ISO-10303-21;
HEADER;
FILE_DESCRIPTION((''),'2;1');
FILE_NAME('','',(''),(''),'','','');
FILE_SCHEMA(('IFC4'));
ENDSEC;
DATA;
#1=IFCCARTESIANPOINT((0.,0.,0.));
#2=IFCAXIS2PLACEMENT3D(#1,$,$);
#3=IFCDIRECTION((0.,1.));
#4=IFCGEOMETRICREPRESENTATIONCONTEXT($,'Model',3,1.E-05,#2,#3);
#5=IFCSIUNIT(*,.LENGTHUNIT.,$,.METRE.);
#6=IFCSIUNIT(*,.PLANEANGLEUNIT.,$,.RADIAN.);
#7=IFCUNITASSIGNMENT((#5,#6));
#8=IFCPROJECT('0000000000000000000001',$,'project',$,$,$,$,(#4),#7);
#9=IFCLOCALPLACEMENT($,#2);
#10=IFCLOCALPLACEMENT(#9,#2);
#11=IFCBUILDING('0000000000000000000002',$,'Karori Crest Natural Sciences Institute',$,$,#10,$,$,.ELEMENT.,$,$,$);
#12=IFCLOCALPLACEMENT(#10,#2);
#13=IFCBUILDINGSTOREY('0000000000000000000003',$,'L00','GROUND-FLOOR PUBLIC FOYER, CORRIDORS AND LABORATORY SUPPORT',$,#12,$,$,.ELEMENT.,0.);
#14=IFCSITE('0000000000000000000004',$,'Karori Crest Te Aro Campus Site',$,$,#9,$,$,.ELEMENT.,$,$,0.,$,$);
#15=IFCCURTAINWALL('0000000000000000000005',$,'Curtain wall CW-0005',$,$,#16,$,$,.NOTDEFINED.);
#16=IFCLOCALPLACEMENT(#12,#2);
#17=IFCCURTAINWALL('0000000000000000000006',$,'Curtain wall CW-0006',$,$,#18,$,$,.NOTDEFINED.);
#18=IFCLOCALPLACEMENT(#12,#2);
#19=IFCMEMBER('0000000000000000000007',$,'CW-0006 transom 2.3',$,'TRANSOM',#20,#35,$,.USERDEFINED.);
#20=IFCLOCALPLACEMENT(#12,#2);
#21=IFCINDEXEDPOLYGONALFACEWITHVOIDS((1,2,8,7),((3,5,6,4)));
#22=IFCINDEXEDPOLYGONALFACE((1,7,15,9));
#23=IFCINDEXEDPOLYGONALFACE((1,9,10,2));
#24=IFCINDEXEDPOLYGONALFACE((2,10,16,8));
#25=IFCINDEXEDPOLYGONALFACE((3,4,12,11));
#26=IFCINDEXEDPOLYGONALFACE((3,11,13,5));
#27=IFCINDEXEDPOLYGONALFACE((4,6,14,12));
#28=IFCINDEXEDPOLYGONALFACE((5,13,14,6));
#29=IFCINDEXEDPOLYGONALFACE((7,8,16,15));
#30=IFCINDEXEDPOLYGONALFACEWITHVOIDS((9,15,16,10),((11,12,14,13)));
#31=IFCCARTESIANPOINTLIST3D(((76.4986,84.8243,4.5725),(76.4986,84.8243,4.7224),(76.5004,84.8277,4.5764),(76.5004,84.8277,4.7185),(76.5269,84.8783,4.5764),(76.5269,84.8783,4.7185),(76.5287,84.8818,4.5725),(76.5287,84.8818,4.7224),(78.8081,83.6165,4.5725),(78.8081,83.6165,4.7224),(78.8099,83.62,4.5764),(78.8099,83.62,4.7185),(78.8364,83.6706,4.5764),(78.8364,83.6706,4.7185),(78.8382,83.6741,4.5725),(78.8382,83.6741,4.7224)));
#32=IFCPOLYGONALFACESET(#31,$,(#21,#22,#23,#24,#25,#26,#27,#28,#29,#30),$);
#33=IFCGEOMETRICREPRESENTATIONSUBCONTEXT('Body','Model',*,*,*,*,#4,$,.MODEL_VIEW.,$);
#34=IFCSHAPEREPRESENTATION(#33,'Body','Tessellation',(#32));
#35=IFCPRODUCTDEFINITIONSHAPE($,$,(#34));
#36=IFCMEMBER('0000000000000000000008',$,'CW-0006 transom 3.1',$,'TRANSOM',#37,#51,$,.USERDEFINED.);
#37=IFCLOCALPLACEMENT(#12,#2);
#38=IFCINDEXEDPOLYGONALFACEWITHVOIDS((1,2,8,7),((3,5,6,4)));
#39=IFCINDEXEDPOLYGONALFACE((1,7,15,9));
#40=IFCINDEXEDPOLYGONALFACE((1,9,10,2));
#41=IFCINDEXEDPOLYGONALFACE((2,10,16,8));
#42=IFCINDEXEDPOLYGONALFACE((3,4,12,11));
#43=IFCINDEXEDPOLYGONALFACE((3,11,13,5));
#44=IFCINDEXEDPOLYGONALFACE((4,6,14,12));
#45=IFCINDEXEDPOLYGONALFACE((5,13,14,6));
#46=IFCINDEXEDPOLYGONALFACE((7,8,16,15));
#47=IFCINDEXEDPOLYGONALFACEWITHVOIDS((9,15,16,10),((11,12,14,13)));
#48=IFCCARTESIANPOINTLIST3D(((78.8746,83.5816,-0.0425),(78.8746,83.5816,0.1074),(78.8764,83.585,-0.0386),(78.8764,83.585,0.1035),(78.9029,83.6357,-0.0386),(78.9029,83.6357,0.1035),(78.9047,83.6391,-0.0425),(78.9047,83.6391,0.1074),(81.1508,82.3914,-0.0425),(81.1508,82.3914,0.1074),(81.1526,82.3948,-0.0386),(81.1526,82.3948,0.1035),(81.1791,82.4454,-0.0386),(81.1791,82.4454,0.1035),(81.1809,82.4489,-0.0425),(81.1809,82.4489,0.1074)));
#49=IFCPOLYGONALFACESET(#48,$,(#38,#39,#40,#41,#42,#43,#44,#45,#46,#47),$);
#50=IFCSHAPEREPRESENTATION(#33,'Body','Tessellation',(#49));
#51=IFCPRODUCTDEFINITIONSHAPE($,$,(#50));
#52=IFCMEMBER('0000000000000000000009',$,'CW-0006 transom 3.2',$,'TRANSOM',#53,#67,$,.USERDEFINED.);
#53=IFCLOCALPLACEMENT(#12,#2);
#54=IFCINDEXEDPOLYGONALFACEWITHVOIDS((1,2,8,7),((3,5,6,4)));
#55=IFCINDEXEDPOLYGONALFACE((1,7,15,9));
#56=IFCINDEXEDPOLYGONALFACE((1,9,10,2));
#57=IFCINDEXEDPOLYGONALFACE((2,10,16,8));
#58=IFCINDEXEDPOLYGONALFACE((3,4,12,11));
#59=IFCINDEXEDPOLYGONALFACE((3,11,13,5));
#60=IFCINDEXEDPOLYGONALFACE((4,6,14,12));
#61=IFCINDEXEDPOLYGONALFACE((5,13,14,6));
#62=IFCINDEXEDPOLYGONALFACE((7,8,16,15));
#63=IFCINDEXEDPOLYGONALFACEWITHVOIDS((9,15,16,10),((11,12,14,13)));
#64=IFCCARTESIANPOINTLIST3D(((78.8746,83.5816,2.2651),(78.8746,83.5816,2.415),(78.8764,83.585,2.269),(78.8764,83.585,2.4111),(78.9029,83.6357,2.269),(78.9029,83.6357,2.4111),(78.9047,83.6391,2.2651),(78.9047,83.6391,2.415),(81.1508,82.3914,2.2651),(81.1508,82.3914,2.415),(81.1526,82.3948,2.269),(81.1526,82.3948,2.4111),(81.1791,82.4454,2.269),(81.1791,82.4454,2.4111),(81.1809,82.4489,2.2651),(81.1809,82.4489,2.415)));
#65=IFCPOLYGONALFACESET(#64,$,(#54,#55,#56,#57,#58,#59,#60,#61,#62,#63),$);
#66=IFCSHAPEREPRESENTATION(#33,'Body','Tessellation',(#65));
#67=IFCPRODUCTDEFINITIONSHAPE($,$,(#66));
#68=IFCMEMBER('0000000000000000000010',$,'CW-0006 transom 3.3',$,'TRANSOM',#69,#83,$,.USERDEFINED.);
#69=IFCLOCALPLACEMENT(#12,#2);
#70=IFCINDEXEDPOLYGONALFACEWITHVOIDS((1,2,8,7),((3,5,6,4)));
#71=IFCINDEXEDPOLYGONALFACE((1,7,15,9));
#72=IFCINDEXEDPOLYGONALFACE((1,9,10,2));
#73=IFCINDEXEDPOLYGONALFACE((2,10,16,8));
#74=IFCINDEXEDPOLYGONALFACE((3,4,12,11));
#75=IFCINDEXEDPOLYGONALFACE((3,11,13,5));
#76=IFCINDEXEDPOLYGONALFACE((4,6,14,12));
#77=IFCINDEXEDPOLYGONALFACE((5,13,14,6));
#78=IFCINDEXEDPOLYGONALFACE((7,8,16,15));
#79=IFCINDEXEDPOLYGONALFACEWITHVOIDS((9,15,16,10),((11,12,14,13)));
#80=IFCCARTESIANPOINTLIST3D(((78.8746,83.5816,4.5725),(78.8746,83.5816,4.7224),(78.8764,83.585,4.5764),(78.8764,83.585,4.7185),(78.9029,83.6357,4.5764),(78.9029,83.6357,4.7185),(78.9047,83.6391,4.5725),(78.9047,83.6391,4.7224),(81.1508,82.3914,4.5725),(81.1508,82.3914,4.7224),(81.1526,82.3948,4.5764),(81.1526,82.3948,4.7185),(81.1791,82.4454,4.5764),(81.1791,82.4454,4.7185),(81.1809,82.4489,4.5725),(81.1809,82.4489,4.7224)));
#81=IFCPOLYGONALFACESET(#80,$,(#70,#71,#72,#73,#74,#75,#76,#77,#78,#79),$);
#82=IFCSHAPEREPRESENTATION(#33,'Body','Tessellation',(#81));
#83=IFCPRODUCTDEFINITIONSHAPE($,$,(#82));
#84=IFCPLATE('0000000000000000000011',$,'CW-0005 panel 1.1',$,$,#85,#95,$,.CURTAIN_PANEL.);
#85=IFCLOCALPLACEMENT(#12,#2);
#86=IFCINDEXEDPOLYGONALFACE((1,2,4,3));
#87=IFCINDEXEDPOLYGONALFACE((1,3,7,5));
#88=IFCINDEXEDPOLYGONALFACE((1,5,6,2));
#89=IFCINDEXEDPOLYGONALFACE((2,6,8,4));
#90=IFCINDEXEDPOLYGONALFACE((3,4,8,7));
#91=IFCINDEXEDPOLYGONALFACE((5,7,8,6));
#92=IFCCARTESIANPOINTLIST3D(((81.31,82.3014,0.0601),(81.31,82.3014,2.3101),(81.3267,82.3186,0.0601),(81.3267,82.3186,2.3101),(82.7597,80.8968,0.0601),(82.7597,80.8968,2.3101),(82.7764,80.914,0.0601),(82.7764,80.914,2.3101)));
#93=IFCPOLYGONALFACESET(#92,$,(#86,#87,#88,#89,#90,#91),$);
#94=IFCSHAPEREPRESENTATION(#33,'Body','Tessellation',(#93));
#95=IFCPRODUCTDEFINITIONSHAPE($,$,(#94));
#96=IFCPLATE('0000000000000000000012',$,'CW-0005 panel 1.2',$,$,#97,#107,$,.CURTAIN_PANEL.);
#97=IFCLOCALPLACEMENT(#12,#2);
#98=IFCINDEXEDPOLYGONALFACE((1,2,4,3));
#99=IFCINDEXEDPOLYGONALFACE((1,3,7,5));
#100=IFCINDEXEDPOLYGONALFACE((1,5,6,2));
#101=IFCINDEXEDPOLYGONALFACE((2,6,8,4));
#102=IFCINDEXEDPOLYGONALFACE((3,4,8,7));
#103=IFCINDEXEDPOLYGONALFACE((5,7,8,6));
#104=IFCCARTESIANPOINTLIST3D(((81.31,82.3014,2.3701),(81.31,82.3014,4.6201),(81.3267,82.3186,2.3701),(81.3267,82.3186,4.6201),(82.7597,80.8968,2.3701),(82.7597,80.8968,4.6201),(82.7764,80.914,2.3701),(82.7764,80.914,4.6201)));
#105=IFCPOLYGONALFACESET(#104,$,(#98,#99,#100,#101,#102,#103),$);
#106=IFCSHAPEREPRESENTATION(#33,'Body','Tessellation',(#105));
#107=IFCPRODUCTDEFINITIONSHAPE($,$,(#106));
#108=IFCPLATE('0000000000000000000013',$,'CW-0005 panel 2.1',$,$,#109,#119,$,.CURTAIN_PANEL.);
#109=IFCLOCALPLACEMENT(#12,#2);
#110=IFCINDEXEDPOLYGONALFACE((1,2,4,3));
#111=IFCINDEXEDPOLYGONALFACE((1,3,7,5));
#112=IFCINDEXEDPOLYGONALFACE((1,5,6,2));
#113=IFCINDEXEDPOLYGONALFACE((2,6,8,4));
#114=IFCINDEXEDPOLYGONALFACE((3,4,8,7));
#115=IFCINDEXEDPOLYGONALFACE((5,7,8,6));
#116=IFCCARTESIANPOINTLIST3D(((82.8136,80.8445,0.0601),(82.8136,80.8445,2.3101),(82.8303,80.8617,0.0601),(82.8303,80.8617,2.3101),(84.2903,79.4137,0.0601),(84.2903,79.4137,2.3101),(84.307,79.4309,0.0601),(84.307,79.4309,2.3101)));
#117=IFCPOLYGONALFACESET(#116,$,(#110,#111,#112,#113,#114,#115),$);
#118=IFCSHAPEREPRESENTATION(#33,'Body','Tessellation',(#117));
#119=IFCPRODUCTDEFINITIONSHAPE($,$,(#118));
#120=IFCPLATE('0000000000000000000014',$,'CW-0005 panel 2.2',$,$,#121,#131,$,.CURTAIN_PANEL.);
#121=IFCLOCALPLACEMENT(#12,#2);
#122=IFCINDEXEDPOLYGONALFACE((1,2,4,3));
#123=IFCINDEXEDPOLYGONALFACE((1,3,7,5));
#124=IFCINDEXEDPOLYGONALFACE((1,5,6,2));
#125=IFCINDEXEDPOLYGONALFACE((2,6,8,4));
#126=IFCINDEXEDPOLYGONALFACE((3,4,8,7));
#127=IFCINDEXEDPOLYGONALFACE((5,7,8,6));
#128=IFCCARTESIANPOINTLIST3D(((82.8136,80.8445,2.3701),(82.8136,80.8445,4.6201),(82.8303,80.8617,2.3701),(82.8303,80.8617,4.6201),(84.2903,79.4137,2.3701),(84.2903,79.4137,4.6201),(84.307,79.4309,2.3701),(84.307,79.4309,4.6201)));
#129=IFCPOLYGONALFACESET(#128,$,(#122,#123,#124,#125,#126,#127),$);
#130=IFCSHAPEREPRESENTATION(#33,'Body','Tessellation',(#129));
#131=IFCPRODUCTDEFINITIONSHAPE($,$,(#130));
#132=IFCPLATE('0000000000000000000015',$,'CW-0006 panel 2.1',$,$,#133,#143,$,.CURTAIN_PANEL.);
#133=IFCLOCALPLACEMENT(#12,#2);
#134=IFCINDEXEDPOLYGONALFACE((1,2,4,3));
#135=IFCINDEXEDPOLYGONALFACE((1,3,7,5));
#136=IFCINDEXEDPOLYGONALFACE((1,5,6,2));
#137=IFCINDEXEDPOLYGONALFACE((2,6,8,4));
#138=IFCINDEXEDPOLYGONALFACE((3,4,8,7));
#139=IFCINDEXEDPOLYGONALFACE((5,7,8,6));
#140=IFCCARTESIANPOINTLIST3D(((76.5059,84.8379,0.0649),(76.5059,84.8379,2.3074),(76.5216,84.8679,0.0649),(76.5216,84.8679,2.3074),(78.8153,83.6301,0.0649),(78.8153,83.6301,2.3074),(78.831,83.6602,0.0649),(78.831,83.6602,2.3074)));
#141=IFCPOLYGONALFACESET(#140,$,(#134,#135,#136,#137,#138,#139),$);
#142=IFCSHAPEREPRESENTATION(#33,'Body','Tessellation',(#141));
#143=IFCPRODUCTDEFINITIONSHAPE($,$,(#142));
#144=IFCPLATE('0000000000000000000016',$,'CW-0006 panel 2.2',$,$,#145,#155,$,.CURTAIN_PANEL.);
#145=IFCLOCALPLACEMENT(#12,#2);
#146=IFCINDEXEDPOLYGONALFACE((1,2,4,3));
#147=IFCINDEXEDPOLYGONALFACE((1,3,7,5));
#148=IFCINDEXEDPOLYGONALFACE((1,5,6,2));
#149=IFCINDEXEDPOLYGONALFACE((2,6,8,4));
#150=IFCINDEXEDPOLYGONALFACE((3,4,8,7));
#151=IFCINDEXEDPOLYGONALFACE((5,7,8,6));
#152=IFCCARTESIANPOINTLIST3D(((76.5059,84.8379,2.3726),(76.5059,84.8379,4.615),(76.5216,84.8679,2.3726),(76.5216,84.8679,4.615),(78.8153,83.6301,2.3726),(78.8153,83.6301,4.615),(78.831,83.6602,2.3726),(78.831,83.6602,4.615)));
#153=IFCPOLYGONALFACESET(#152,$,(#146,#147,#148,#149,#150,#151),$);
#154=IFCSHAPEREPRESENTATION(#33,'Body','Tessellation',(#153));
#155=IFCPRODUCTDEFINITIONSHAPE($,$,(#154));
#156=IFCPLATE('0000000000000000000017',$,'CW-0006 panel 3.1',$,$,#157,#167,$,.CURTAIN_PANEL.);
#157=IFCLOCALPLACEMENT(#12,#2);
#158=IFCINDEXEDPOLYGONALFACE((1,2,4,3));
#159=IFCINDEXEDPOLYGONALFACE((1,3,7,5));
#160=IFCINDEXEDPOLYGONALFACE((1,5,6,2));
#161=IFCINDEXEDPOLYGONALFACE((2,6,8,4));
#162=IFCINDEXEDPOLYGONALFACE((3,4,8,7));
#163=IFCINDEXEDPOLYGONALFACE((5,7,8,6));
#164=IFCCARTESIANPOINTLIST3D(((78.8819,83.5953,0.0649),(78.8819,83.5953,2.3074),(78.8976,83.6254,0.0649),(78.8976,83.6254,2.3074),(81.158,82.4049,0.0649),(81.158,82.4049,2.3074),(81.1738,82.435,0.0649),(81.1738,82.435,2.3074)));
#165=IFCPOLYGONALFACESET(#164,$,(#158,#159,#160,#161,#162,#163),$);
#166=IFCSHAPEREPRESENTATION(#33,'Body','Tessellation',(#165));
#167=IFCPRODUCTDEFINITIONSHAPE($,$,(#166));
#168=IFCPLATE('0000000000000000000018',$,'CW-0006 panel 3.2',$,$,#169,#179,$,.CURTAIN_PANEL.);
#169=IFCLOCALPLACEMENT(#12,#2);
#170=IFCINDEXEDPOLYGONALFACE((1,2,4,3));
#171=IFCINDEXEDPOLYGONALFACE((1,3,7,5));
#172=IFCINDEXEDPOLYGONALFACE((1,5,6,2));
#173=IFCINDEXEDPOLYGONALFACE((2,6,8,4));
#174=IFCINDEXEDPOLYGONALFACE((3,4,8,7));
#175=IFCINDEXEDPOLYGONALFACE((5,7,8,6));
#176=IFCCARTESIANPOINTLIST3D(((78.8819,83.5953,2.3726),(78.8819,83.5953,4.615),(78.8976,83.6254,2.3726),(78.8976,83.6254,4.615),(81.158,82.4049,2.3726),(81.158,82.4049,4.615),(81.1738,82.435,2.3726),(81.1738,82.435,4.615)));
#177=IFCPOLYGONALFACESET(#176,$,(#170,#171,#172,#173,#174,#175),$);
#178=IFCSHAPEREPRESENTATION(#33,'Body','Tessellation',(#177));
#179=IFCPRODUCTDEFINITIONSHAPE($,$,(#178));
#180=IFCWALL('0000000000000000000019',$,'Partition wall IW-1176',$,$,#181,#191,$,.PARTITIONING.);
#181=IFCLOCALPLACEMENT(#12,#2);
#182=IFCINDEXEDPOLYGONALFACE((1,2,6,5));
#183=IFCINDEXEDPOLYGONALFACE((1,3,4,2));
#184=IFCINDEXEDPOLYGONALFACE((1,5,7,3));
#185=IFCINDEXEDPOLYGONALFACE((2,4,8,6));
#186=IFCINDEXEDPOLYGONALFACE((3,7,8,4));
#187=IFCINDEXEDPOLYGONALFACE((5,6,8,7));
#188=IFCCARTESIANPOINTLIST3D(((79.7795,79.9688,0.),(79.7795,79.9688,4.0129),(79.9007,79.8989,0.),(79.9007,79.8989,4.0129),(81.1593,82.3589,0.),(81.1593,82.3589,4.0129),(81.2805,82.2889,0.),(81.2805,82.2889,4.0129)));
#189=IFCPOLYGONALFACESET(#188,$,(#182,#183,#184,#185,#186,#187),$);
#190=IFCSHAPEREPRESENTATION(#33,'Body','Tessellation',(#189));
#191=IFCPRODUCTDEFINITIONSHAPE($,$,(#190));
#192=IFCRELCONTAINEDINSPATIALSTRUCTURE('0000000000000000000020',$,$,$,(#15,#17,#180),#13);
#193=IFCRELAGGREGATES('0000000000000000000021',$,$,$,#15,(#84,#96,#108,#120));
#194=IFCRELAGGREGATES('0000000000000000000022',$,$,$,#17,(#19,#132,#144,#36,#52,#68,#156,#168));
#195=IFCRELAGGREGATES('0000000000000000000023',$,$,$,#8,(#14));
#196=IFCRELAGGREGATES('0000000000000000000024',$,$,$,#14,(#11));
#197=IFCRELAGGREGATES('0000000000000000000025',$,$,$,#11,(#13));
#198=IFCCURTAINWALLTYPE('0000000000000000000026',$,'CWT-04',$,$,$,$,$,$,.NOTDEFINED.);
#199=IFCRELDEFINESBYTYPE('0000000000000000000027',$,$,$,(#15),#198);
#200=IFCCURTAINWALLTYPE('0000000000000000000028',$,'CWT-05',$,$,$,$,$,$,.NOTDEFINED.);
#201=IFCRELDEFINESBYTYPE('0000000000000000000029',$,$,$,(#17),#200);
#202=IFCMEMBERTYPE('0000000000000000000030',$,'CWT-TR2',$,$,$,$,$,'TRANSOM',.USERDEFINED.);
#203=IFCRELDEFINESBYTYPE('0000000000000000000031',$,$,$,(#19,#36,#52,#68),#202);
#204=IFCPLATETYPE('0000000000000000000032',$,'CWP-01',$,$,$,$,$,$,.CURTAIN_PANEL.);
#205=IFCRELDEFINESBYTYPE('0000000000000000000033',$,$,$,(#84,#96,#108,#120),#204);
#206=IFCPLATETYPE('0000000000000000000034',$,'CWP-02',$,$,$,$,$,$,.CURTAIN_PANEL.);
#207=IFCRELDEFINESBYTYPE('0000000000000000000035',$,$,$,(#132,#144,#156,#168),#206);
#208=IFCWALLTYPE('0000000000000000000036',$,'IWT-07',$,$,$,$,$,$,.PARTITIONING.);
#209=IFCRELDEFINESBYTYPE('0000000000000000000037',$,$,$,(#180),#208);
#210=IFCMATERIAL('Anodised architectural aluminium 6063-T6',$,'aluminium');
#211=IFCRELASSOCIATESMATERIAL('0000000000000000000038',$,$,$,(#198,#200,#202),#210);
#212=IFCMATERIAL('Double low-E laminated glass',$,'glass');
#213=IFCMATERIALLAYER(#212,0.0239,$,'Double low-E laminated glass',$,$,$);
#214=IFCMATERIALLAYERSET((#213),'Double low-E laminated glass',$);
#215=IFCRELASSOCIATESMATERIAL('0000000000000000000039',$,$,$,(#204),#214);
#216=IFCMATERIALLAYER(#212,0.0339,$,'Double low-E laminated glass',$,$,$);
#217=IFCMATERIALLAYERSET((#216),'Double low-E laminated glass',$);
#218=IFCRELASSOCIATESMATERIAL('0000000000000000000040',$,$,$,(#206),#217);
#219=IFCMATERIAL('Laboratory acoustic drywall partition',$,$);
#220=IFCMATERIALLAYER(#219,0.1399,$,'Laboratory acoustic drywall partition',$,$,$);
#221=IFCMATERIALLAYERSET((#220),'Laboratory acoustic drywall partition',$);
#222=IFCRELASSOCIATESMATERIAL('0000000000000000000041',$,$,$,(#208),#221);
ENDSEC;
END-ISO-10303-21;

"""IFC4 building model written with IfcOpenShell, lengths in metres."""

from ifc_helpers import new_model, si_unit, direction, frame, frame_2d, origin, origin_2d, place, context, subcontext, project, spatial, rectangle, hollow_rectangle, extrude, material, layer, layer_set, material_profile, profile_set, type_object, element, aggregate, save


model = new_model("IFC4")

# Units and contexts
model_context = context("Model", 3, precision=1e-05, world=origin(), true_north=direction((0.0, 1.0)))
body_context = subcontext(model_context, "Body", "Model", "MODEL_VIEW")
ifc_project = project(units=[si_unit("LENGTHUNIT", "METRE"), si_unit("PLANEANGLEUNIT", "RADIAN")], contexts=[model_context])

# Site, building, storey
site_placement = place(None, origin())
site = spatial("IfcSite", under=ifc_project, at=site_placement, Name="Karori Crest Te Aro Campus Site", CompositionType="ELEMENT", RefElevation=0.0)
building_placement = place(site_placement, origin())
building = spatial("IfcBuilding", under=site, at=building_placement, Name="Karori Crest Natural Sciences Institute", CompositionType="ELEMENT")
storey_placement = place(building_placement, origin())
storey = spatial("IfcBuildingStorey", under=building, at=storey_placement, Name="L00", Description="GROUND-FLOOR PUBLIC FOYER, CORRIDORS AND LABORATORY SUPPORT", CompositionType="ELEMENT", Elevation=0.0)

# Curtain walls
ifc_material_1 = material(Name="Anodised architectural aluminium 6063-T6", Category="aluminium")
curtain_wall_type_1 = type_object("IfcCurtainWallType", Name="CWT-04", PredefinedType="NOTDEFINED", material=ifc_material_1)
curtain_wall_1_placement = place(storey_placement, origin())
curtain_wall_1 = element("IfcCurtainWall", 1, at=curtain_wall_1_placement, inside=storey, type_object=curtain_wall_type_1, Name="Curtain wall CW-0005", PredefinedType="NOTDEFINED")
curtain_wall_type_2 = type_object("IfcCurtainWallType", Name="CWT-05", PredefinedType="NOTDEFINED", material=ifc_material_1)
curtain_wall_2_placement = place(storey_placement, origin())
curtain_wall_2 = element("IfcCurtainWall", 2, at=curtain_wall_2_placement, inside=storey, type_object=curtain_wall_type_2, Name="Curtain wall CW-0006", PredefinedType="NOTDEFINED")

# Members
ifc_material_profile_1 = material_profile(ifc_material_1, hollow_rectangle(XDim=0.0649, YDim=0.1499, WallThickness=0.0039, at=origin_2d()), Name="CWT150x65x4")
ifc_profile_set_1 = profile_set([ifc_material_profile_1], Name="Anodised architectural aluminium 6063-T6")
member_type_1 = type_object("IfcMemberType", Name="CWT-TR2", ElementType="TRANSOM", PredefinedType="USERDEFINED", material=ifc_profile_set_1)
member_1_placement = place(storey_placement, frame((76.5137, 84.853, 4.6475), z_axis=(0.886149, -0.463401, 0.0), x_axis=(0.463401, 0.886149, 0.0)))
member_1 = element("IfcMember", 3, at=member_1_placement, type_object=member_type_1, Name="CW-0006 transom 2.3", ObjectType="TRANSOM", PredefinedType="USERDEFINED", context=body_context, shape_type="SweptSolid", body=[
    extrude(hollow_rectangle(XDim=0.0649, YDim=0.1499, WallThickness=0.0039, at=origin_2d()), origin(), (0.0, 0.0, 1.0), 2.6062),
])
member_2_placement = place(storey_placement, frame((78.8896, 83.6104, 0.0325), z_axis=(0.886162, -0.463375, 0.0), x_axis=(0.463375, 0.886162, 0.0)))
member_2 = element("IfcMember", 4, at=member_2_placement, type_object=member_type_1, Name="CW-0006 transom 3.1", ObjectType="TRANSOM", PredefinedType="USERDEFINED", context=body_context, shape_type="SweptSolid", body=[
    extrude(hollow_rectangle(XDim=0.0649, YDim=0.1499, WallThickness=0.0039, at=origin_2d()), origin(), (0.0, 0.0, 1.0), 2.5686),
])
member_3_placement = place(storey_placement, frame((78.8896, 83.6104, 2.3401), z_axis=(0.886162, -0.463375, 0.0), x_axis=(0.463375, 0.886162, 0.0)))
member_3 = element("IfcMember", 5, at=member_3_placement, type_object=member_type_1, Name="CW-0006 transom 3.2", ObjectType="TRANSOM", PredefinedType="USERDEFINED", context=body_context, shape_type="SweptSolid", body=[
    extrude(hollow_rectangle(XDim=0.0649, YDim=0.1499, WallThickness=0.0039, at=origin_2d()), origin(), (0.0, 0.0, 1.0), 2.5686),
])
member_4_placement = place(storey_placement, frame((78.8896, 83.6104, 4.6475), z_axis=(0.886162, -0.463375, 0.0), x_axis=(0.463375, 0.886162, 0.0)))
member_4 = element("IfcMember", 6, at=member_4_placement, type_object=member_type_1, Name="CW-0006 transom 3.3", ObjectType="TRANSOM", PredefinedType="USERDEFINED", context=body_context, shape_type="SweptSolid", body=[
    extrude(hollow_rectangle(XDim=0.0649, YDim=0.1499, WallThickness=0.0039, at=origin_2d()), origin(), (0.0, 0.0, 1.0), 2.5686),
])

# Plates
ifc_material_2 = material(Name="Double low-E laminated glass", Category="glass")
ifc_layer_1 = layer(ifc_material_2, 0.0239, Name="Double low-E laminated glass")
ifc_layer_set_1 = layer_set([ifc_layer_1], Name="Double low-E laminated glass")
plate_type_1 = type_object("IfcPlateType", Name="CWP-01", PredefinedType="CURTAIN_PANEL", material=ifc_layer_set_1)
plate_1_placement = place(storey_placement, frame((82.0432, 81.6077, 0.0601), z_axis=(0.0, 0.0, 1.0), x_axis=(0.718198, -0.695839, 0.0)))
plate_1 = element("IfcPlate", 7, at=plate_1_placement, type_object=plate_type_1, Name="CW-0005 panel 1.1", PredefinedType="CURTAIN_PANEL", context=body_context, shape_type="SweptSolid", body=[
    extrude(rectangle(XDim=2.0186, YDim=0.0239, at=origin_2d()), origin(), (0.0, 0.0, 1.0), 2.25),
])
plate_2_placement = place(storey_placement, frame((82.0432, 81.6077, 2.3701), z_axis=(0.0, 0.0, 1.0), x_axis=(0.718198, -0.695839, 0.0)))
plate_2 = element("IfcPlate", 8, at=plate_2_placement, type_object=plate_type_1, Name="CW-0005 panel 1.2", PredefinedType="CURTAIN_PANEL", context=body_context, shape_type="SweptSolid", body=[
    extrude(rectangle(XDim=2.0186, YDim=0.0239, at=origin_2d()), origin(), (0.0, 0.0, 1.0), 2.25),
])
plate_3_placement = place(storey_placement, frame((83.5603, 80.1377, 0.0601), z_axis=(0.0, 0.0, 1.0), x_axis=(0.718198, -0.695839, 0.0)))
plate_3 = element("IfcPlate", 9, at=plate_3_placement, type_object=plate_type_1, Name="CW-0005 panel 2.1", PredefinedType="CURTAIN_PANEL", context=body_context, shape_type="SweptSolid", body=[
    extrude(rectangle(XDim=2.0562, YDim=0.0239, at=origin_2d()), origin(), (0.0, 0.0, 1.0), 2.25),
])
plate_4_placement = place(storey_placement, frame((83.5603, 80.1377, 2.3701), z_axis=(0.0, 0.0, 1.0), x_axis=(0.718198, -0.695839, 0.0)))
plate_4 = element("IfcPlate", 10, at=plate_4_placement, type_object=plate_type_1, Name="CW-0005 panel 2.2", PredefinedType="CURTAIN_PANEL", context=body_context, shape_type="SweptSolid", body=[
    extrude(rectangle(XDim=2.0562, YDim=0.0239, at=origin_2d()), origin(), (0.0, 0.0, 1.0), 2.25),
])
aggregate(curtain_wall_1, [plate_1, plate_2, plate_3, plate_4])
ifc_layer_2 = layer(ifc_material_2, 0.0339, Name="Double low-E laminated glass")
ifc_layer_set_2 = layer_set([ifc_layer_2], Name="Double low-E laminated glass")
plate_type_2 = type_object("IfcPlateType", Name="CWP-02", PredefinedType="CURTAIN_PANEL", material=ifc_layer_set_2)
plate_5_placement = place(storey_placement, frame((77.6685, 84.249, 0.0649), z_axis=(0.0, 0.0, 1.0), x_axis=(0.886136, -0.463426, 0.0)))
plate_5 = element("IfcPlate", 11, at=plate_5_placement, type_object=plate_type_2, Name="CW-0006 panel 2.1", PredefinedType="CURTAIN_PANEL", context=body_context, shape_type="SweptSolid", body=[
    extrude(rectangle(XDim=2.6062, YDim=0.0339, at=origin_2d()), origin(), (0.0, 0.0, 1.0), 2.2424),
])
plate_6_placement = place(storey_placement, frame((77.6685, 84.249, 2.3726), z_axis=(0.0, 0.0, 1.0), x_axis=(0.886136, -0.463426, 0.0)))
plate_6 = element("IfcPlate", 12, at=plate_6_placement, type_object=plate_type_2, Name="CW-0006 panel 2.2", PredefinedType="CURTAIN_PANEL", context=body_context, shape_type="SweptSolid", body=[
    extrude(rectangle(XDim=2.6062, YDim=0.0339, at=origin_2d()), origin(), (0.0, 0.0, 1.0), 2.2424),
])
plate_7_placement = place(storey_placement, frame((80.0278, 83.0151, 0.0649), z_axis=(0.0, 0.0, 1.0), x_axis=(0.886136, -0.463426, 0.0)))
plate_7 = element("IfcPlate", 13, at=plate_7_placement, type_object=plate_type_2, Name="CW-0006 panel 3.1", PredefinedType="CURTAIN_PANEL", context=body_context, shape_type="SweptSolid", body=[
    extrude(rectangle(XDim=2.5686, YDim=0.0339, at=origin_2d()), origin(), (0.0, 0.0, 1.0), 2.2424),
])
plate_8_placement = place(storey_placement, frame((80.0278, 83.0151, 2.3726), z_axis=(0.0, 0.0, 1.0), x_axis=(0.886136, -0.463426, 0.0)))
plate_8 = element("IfcPlate", 14, at=plate_8_placement, type_object=plate_type_2, Name="CW-0006 panel 3.2", PredefinedType="CURTAIN_PANEL", context=body_context, shape_type="SweptSolid", body=[
    extrude(rectangle(XDim=2.5686, YDim=0.0339, at=origin_2d()), origin(), (0.0, 0.0, 1.0), 2.2424),
])
aggregate(curtain_wall_2, [member_1, plate_5, plate_6, member_2, member_3, member_4, plate_7, plate_8])

# Wall
ifc_material_3 = material(Name="Laboratory acoustic drywall partition")
ifc_layer_3 = layer(ifc_material_3, 0.1399, Name="Laboratory acoustic drywall partition")
ifc_layer_set_3 = layer_set([ifc_layer_3], Name="Laboratory acoustic drywall partition")
wall_type = type_object("IfcWallType", Name="IWT-07", PredefinedType="PARTITIONING", material=ifc_layer_set_3)
wall_1_placement = place(storey_placement, frame((79.8401, 79.9338, 0.0), z_axis=(0.0, 0.0, 1.0), x_axis=(0.499983, 0.866035, 0.0)))
element("IfcWall", 15, at=wall_1_placement, inside=storey, type_object=wall_type, Name="Partition wall IW-1176", PredefinedType="PARTITIONING", context=body_context, shape_type="SweptSolid", body=[
    extrude(rectangle(XDim=2.7598, YDim=0.1399, at=frame_2d((1.3799, 0.0))), origin(), (0.0, 0.0, 1.0), 4.0129),
])

save(model, "model.ifc")
